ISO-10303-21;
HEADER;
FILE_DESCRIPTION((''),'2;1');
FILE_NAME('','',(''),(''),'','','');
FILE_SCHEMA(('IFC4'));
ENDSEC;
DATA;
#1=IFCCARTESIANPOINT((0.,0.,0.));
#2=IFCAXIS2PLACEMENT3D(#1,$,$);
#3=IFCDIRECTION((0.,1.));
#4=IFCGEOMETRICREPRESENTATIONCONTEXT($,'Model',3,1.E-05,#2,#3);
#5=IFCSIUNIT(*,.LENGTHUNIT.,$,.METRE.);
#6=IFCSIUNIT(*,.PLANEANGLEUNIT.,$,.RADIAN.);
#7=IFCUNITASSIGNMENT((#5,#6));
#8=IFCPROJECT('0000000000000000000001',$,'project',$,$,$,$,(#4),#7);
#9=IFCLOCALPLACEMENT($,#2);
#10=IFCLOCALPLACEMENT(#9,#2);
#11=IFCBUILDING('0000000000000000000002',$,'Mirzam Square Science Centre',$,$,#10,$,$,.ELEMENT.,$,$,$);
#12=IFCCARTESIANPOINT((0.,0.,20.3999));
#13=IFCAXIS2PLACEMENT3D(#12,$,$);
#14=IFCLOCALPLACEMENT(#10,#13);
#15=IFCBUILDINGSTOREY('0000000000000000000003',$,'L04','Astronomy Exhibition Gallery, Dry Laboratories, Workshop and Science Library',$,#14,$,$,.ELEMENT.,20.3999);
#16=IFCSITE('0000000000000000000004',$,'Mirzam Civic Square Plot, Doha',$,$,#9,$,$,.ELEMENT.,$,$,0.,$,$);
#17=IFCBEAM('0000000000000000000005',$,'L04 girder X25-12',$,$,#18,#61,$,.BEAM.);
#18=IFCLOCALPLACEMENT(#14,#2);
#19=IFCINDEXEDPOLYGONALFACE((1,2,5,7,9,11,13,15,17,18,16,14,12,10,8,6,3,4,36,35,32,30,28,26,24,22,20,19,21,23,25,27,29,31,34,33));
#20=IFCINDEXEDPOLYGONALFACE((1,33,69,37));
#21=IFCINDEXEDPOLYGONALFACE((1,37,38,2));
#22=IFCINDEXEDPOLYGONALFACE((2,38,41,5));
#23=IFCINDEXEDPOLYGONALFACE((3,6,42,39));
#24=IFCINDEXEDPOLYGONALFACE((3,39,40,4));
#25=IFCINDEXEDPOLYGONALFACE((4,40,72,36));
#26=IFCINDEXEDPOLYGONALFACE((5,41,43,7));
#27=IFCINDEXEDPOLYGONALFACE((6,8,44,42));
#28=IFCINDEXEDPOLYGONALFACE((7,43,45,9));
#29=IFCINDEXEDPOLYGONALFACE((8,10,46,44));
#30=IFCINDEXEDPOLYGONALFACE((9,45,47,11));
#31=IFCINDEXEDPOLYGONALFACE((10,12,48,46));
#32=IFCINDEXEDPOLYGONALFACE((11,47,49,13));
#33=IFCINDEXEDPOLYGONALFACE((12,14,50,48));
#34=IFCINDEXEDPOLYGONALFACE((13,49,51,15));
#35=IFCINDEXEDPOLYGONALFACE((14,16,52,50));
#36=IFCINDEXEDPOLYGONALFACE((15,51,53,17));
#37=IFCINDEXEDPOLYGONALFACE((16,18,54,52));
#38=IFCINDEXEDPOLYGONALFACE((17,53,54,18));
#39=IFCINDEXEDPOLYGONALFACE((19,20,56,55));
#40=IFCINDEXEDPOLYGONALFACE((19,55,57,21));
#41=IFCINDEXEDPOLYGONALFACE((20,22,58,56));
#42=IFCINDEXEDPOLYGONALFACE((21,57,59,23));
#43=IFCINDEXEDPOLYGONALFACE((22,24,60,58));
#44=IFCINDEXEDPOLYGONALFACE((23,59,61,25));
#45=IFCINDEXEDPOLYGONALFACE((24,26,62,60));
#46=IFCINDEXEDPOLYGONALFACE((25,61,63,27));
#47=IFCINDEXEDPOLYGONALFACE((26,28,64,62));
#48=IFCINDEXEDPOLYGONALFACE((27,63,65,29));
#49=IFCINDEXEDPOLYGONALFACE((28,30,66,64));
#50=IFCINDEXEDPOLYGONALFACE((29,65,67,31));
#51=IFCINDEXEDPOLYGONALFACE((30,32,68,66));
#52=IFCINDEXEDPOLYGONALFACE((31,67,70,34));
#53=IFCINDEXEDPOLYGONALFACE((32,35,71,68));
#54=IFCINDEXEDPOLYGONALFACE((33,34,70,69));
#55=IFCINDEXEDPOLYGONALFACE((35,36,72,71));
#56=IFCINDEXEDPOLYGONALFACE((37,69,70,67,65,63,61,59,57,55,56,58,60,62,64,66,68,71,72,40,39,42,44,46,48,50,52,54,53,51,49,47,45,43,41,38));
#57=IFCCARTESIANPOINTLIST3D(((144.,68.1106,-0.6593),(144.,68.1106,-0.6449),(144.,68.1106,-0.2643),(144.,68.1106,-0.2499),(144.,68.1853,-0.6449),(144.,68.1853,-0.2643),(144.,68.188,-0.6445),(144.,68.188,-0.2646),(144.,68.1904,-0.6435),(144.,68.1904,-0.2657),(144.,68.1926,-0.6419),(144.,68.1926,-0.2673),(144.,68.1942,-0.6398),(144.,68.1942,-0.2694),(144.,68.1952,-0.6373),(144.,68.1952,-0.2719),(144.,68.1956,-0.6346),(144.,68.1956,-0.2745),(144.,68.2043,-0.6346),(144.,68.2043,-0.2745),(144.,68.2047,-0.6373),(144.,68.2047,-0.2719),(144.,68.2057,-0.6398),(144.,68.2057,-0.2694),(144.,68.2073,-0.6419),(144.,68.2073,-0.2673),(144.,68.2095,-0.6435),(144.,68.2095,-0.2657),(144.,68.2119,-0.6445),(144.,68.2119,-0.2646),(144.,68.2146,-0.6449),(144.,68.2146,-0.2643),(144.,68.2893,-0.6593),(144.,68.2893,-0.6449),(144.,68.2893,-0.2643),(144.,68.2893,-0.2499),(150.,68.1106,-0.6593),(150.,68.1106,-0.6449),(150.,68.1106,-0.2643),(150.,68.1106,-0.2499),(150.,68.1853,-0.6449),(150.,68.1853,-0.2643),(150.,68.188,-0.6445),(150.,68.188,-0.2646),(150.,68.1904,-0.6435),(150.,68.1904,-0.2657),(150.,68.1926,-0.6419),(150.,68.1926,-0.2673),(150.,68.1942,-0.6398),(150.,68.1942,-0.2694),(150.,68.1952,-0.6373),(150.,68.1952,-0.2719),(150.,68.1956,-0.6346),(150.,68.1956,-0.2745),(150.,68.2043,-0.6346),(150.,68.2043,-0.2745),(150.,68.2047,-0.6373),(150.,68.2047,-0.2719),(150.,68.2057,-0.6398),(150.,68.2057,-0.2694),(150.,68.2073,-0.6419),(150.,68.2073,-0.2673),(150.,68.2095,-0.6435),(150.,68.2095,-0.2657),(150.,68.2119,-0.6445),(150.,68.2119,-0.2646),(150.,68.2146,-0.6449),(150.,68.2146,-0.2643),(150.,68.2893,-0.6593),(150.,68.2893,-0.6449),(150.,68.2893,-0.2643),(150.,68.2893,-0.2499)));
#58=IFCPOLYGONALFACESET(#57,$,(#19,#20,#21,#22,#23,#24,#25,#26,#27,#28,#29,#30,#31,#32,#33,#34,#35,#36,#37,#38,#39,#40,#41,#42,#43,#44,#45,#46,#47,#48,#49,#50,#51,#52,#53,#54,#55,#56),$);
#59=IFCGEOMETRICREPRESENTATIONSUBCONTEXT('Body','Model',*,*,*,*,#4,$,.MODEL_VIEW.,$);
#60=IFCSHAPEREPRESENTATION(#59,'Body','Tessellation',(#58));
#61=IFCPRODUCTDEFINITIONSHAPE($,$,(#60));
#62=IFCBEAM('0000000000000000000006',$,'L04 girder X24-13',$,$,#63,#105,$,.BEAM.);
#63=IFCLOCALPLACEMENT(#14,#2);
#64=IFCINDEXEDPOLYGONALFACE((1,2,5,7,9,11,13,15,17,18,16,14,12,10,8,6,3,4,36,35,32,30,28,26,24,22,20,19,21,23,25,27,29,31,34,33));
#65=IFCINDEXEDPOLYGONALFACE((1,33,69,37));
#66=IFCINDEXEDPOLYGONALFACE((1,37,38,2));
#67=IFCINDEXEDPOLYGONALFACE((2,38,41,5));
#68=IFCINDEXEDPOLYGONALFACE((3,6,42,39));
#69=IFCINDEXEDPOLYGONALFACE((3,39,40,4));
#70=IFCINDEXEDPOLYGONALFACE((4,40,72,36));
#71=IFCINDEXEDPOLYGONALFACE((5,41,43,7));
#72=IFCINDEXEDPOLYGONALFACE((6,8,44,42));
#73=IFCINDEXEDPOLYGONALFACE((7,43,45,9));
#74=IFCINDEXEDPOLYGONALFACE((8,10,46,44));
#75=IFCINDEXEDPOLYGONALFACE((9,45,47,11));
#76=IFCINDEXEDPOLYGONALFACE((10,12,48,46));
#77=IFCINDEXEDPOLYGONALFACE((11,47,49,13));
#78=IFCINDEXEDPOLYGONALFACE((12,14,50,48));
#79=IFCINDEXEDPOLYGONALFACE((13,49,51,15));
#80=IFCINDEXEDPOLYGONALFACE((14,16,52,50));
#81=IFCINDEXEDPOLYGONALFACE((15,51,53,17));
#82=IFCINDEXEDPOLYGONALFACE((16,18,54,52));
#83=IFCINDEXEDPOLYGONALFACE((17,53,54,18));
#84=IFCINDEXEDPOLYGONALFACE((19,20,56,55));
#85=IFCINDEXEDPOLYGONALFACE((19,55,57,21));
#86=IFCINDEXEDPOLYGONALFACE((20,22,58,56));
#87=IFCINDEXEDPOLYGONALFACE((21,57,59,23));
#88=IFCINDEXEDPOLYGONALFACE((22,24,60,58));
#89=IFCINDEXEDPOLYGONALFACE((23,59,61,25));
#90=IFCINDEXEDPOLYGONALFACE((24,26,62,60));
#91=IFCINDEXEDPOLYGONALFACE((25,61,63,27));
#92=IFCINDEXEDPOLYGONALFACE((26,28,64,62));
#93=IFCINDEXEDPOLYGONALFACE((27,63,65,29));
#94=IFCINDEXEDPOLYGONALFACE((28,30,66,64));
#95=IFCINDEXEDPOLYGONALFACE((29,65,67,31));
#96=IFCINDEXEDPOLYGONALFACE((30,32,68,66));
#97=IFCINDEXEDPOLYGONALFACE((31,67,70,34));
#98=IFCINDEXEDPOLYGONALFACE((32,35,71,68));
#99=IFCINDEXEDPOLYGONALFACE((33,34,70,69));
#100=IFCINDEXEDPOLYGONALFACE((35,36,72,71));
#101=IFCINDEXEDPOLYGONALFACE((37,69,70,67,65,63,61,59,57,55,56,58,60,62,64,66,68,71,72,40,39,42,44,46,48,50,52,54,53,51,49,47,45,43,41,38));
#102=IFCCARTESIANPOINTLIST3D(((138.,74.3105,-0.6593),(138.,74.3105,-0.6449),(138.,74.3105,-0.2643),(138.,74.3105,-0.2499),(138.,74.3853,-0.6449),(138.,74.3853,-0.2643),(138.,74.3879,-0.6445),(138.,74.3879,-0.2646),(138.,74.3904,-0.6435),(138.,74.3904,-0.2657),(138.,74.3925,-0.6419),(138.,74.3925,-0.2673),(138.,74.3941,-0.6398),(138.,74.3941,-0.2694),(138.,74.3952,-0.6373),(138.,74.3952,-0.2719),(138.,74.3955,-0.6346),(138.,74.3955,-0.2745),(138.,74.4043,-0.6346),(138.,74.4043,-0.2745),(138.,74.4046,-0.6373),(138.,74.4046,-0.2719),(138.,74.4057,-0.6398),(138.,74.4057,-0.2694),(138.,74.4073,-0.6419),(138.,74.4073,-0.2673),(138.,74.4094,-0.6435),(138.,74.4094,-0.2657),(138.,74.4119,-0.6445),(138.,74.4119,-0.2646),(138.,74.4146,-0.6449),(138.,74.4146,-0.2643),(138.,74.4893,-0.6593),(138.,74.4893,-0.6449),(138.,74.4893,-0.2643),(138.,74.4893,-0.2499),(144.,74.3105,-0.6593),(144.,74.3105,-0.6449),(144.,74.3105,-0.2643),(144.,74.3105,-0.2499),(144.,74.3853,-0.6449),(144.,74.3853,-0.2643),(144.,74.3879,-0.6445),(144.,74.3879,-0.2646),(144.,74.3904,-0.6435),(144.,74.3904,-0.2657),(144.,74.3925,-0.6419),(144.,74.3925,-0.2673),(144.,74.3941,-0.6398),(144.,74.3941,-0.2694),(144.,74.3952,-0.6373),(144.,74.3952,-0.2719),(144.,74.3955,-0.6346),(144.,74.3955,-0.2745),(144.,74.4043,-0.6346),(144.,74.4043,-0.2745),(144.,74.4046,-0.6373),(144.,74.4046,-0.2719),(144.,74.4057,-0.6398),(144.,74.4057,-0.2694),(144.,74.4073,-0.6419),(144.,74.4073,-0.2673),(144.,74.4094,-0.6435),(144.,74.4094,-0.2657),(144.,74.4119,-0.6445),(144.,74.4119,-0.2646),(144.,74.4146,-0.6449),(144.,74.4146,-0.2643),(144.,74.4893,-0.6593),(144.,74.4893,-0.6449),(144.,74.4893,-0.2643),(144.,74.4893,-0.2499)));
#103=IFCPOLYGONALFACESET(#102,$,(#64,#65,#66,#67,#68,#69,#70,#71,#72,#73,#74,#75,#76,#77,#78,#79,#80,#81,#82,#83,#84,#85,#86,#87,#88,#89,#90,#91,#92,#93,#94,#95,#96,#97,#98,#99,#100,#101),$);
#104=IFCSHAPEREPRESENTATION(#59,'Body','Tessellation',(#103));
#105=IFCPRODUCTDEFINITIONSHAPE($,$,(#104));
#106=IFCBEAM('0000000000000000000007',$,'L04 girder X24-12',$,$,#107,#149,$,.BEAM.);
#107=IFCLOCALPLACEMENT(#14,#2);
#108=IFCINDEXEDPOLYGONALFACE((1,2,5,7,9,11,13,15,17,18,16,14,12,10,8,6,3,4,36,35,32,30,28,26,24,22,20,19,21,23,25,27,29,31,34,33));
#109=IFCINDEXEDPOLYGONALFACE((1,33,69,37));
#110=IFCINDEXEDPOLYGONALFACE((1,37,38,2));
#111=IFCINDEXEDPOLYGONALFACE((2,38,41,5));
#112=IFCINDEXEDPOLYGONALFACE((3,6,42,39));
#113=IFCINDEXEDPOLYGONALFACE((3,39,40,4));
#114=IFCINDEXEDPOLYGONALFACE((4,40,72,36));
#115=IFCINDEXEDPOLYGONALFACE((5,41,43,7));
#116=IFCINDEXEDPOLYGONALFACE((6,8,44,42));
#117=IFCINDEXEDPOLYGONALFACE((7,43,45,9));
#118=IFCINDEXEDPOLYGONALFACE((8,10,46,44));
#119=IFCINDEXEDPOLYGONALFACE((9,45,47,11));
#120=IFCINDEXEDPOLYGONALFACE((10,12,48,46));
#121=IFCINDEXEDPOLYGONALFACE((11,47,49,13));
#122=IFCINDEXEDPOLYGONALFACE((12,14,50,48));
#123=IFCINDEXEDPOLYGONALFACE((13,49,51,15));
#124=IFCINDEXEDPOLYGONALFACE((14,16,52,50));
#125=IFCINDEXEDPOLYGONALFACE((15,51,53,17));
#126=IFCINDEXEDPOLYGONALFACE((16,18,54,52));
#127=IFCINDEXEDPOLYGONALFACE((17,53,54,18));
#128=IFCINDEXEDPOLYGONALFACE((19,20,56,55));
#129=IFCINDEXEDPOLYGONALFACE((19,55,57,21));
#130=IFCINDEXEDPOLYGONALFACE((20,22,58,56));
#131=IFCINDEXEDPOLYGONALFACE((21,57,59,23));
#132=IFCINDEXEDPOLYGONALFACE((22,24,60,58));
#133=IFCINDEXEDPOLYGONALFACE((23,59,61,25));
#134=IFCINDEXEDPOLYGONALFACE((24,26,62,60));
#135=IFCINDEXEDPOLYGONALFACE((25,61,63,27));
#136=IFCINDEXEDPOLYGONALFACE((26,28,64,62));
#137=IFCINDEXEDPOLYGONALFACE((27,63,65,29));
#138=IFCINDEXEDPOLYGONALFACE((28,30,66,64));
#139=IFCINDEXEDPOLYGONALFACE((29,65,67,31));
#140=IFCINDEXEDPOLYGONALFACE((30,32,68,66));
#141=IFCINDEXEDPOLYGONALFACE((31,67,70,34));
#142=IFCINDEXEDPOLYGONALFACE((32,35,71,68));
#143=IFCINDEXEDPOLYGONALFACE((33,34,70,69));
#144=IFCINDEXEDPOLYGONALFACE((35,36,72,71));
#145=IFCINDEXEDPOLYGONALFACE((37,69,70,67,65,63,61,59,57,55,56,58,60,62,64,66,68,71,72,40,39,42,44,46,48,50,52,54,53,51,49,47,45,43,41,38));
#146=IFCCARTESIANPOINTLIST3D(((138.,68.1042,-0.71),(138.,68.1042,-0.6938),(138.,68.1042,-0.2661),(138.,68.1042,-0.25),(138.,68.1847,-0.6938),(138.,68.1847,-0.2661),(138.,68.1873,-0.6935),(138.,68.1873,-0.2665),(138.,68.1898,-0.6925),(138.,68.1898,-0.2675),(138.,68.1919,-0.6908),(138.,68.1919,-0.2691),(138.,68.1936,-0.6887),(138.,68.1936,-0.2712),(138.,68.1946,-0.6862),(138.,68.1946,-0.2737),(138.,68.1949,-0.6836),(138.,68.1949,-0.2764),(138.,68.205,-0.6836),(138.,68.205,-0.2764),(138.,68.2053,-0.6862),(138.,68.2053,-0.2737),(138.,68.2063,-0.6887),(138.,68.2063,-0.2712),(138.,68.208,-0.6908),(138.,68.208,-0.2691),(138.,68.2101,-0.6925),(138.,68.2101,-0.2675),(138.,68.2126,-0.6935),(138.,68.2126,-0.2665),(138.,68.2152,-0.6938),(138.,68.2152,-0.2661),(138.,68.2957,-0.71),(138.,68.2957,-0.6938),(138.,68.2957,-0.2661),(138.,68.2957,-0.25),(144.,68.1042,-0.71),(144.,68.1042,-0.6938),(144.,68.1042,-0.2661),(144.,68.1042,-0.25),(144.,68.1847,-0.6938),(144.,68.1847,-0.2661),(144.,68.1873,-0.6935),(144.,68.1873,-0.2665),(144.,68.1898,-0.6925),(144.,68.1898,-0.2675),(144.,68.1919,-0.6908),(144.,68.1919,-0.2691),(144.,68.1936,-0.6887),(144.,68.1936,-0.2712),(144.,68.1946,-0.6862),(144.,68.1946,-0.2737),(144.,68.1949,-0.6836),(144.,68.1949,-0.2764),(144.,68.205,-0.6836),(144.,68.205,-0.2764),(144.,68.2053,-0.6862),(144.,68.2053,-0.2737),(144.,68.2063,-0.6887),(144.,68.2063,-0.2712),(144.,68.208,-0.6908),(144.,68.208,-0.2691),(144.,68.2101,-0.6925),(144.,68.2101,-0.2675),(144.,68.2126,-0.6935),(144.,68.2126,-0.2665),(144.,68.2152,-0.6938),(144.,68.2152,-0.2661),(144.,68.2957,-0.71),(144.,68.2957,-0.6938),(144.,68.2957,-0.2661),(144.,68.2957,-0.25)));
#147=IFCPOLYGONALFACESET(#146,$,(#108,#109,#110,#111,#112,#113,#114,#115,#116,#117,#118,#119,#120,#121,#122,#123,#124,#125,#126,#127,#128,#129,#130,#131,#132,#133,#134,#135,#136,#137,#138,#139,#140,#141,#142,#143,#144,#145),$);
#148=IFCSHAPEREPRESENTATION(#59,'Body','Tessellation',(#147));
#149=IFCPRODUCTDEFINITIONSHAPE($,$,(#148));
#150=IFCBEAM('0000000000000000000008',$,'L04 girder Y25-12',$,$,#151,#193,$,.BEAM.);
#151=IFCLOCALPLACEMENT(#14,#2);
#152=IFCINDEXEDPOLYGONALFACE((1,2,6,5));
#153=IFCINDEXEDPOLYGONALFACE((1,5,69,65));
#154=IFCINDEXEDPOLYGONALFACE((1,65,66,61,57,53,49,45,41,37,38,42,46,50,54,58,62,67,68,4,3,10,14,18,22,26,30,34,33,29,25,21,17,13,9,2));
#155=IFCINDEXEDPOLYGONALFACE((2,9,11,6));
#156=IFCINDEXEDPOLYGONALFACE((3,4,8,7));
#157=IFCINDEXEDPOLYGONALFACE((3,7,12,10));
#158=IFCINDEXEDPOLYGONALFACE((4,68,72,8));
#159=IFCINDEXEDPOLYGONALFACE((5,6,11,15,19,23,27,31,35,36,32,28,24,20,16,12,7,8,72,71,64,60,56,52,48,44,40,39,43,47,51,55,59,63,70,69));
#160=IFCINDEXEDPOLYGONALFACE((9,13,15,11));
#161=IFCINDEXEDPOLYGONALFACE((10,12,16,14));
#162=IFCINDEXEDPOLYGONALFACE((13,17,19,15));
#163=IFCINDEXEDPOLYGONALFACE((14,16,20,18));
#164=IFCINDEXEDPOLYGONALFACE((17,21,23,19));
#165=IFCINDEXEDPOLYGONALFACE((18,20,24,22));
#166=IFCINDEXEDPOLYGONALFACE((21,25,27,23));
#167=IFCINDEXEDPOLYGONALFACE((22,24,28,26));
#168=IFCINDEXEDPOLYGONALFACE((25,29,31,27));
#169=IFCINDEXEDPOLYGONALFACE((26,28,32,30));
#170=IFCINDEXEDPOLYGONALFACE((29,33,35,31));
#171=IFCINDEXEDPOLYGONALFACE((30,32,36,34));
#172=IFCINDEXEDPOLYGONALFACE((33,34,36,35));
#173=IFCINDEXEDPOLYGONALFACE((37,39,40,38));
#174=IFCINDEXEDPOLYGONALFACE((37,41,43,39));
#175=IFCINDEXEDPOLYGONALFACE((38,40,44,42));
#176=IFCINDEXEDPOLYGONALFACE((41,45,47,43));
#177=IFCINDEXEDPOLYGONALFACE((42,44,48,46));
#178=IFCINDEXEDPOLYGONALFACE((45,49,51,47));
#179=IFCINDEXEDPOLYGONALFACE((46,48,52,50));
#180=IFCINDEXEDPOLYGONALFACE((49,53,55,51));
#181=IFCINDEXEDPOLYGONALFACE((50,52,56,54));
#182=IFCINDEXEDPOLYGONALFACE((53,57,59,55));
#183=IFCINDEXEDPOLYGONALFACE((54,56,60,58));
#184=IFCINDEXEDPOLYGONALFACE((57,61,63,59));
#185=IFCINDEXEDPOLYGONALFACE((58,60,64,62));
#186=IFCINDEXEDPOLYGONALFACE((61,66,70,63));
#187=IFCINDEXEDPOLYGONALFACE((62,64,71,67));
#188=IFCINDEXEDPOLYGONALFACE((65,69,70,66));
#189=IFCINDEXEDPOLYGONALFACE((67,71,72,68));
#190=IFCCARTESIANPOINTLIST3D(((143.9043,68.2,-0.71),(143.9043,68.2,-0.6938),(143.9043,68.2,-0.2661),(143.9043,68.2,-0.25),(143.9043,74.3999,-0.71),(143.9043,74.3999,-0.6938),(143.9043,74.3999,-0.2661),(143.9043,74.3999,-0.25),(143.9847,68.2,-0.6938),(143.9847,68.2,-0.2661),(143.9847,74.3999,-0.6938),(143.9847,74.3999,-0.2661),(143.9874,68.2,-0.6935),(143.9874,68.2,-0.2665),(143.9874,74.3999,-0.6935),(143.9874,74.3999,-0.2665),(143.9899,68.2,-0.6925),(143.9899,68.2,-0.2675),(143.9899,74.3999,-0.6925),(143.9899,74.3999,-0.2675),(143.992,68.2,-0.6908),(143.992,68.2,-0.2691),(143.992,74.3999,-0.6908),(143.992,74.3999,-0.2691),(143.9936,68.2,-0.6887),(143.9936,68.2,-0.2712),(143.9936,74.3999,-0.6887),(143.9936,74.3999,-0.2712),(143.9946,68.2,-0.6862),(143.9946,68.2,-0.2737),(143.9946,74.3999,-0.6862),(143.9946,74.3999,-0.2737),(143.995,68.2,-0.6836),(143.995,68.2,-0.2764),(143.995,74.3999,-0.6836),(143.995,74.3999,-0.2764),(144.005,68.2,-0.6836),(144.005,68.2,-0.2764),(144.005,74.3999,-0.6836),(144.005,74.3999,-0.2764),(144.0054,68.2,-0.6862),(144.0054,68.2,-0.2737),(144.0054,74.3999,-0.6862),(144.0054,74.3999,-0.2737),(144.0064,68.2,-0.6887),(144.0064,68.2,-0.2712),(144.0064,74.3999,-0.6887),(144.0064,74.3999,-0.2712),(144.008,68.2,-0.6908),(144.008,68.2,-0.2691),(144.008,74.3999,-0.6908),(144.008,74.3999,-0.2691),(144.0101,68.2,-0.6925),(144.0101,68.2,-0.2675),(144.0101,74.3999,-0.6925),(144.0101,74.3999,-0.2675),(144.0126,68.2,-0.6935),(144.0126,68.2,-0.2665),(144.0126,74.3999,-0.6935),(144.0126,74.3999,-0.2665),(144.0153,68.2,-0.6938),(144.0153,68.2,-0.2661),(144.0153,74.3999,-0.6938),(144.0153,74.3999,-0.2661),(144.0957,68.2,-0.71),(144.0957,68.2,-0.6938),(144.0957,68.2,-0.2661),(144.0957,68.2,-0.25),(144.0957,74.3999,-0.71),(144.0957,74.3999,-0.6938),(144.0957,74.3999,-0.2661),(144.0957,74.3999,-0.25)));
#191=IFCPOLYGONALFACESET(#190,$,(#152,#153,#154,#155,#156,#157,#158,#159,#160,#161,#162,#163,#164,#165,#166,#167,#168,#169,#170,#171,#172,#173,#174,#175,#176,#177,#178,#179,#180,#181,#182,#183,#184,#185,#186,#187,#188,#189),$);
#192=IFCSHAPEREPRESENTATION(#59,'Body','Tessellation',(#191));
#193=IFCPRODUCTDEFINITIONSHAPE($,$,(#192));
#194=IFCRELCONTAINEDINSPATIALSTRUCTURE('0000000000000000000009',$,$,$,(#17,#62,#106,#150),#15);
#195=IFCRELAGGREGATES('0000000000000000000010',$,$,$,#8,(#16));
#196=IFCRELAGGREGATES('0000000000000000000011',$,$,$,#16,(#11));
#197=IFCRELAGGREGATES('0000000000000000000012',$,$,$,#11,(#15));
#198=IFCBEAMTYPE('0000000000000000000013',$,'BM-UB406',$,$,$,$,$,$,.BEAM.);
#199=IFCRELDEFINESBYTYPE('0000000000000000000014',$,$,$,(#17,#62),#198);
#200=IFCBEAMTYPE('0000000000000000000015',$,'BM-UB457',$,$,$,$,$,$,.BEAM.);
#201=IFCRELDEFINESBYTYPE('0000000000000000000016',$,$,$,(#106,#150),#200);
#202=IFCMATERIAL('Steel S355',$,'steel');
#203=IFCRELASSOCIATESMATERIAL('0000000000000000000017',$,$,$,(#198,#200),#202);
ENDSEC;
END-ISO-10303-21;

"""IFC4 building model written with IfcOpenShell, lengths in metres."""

from ifc_helpers import new_model, si_unit, direction, frame, origin, origin_2d, place, context, subcontext, project, spatial, i_section, extrude, material, material_profile, profile_set, type_object, element, save


model = new_model("IFC4")

# Units and contexts
model_context = context("Model", 3, precision=1e-05, world=origin(), true_north=direction((0.0, 1.0)))
body_context = subcontext(model_context, "Body", "Model", "MODEL_VIEW")
ifc_project = project(units=[si_unit("LENGTHUNIT", "METRE"), si_unit("PLANEANGLEUNIT", "RADIAN")], contexts=[model_context])

# Site, building, storey
site_placement = place(None, origin())
site = spatial("IfcSite", under=ifc_project, at=site_placement, Name="Mirzam Civic Square Plot, Doha", CompositionType="ELEMENT", RefElevation=0.0)
building_placement = place(site_placement, origin())
building = spatial("IfcBuilding", under=site, at=building_placement, Name="Mirzam Square Science Centre", CompositionType="ELEMENT")
storey_placement = place(building_placement, frame((0.0, 0.0, 20.3999)))
storey = spatial("IfcBuildingStorey", under=building, at=storey_placement, Name="L04", Description="Astronomy Exhibition Gallery, Dry Laboratories, Workshop and Science Library", CompositionType="ELEMENT", Elevation=20.3999)

# Shared definitions
ifc_material = material(Name="Steel S355", Category="steel")

# Beams
ifc_material_profile_1 = material_profile(ifc_material, i_section(OverallWidth=0.1787, OverallDepth=0.4094, WebThickness=0.0088, FlangeThickness=0.0144, FilletRadius=0.0103, at=origin_2d()), Name="406x178x67UB")
ifc_profile_set_1 = profile_set([ifc_material_profile_1], Name="Steel S355")
beam_type_1 = type_object("IfcBeamType", Name="BM-UB406", PredefinedType="BEAM", material=ifc_profile_set_1)
for number, where, z_axis, x_axis, name in (
    (1, (144.0, 68.2, -0.4546), (1.0, 0.0, 0.0), (0.0, 1.0, 0.0), "L04 girder X25-12"),
    (2, (138.0, 74.3999, -0.4546), (1.0, 0.0, 0.0), (0.0, 1.0, 0.0), "L04 girder X24-13"),
):
    element("IfcBeam", number, at=place(storey_placement, frame(where, z_axis=z_axis, x_axis=x_axis)), inside=storey, type_object=beam_type_1, Name=name, PredefinedType="BEAM", context=body_context, shape_type="SweptSolid", body=[
        extrude(i_section(OverallWidth=0.1787, OverallDepth=0.4094, WebThickness=0.0088, FlangeThickness=0.0144, FilletRadius=0.0103, at=origin_2d()), origin(), (0.0, 0.0, 1.0), 6.0),
    ])
ifc_material_profile_2 = material_profile(ifc_material, i_section(OverallWidth=0.1914, OverallDepth=0.46, WebThickness=0.01, FlangeThickness=0.0161, FilletRadius=0.0103, at=origin_2d()), Name="457x191x82UB")
ifc_profile_set_2 = profile_set([ifc_material_profile_2], Name="Steel S355")
beam_type_2 = type_object("IfcBeamType", Name="BM-UB457", PredefinedType="BEAM", material=ifc_profile_set_2)
beam_1_placement = place(storey_placement, frame((138.0, 68.2, -0.48), z_axis=(1.0, 0.0, 0.0), x_axis=(0.0, 1.0, 0.0)))
element("IfcBeam", 3, at=beam_1_placement, inside=storey, type_object=beam_type_2, Name="L04 girder X24-12", PredefinedType="BEAM", context=body_context, shape_type="SweptSolid", body=[
    extrude(i_section(OverallWidth=0.1914, OverallDepth=0.46, WebThickness=0.01, FlangeThickness=0.0161, FilletRadius=0.0103, at=origin_2d()), origin(), (0.0, 0.0, 1.0), 6.0),
])
beam_2_placement = place(storey_placement, frame((144.0, 68.2, -0.48), z_axis=(0.0, 1.0, 0.0), x_axis=(-1.0, 0.0, 0.0)))
element("IfcBeam", 4, at=beam_2_placement, inside=storey, type_object=beam_type_2, Name="L04 girder Y25-12", PredefinedType="BEAM", context=body_context, shape_type="SweptSolid", body=[
    extrude(i_section(OverallWidth=0.1914, OverallDepth=0.46, WebThickness=0.01, FlangeThickness=0.0161, FilletRadius=0.0103, at=origin_2d()), origin(), (0.0, 0.0, 1.0), 6.2),
])

save(model, "model.ifc")
